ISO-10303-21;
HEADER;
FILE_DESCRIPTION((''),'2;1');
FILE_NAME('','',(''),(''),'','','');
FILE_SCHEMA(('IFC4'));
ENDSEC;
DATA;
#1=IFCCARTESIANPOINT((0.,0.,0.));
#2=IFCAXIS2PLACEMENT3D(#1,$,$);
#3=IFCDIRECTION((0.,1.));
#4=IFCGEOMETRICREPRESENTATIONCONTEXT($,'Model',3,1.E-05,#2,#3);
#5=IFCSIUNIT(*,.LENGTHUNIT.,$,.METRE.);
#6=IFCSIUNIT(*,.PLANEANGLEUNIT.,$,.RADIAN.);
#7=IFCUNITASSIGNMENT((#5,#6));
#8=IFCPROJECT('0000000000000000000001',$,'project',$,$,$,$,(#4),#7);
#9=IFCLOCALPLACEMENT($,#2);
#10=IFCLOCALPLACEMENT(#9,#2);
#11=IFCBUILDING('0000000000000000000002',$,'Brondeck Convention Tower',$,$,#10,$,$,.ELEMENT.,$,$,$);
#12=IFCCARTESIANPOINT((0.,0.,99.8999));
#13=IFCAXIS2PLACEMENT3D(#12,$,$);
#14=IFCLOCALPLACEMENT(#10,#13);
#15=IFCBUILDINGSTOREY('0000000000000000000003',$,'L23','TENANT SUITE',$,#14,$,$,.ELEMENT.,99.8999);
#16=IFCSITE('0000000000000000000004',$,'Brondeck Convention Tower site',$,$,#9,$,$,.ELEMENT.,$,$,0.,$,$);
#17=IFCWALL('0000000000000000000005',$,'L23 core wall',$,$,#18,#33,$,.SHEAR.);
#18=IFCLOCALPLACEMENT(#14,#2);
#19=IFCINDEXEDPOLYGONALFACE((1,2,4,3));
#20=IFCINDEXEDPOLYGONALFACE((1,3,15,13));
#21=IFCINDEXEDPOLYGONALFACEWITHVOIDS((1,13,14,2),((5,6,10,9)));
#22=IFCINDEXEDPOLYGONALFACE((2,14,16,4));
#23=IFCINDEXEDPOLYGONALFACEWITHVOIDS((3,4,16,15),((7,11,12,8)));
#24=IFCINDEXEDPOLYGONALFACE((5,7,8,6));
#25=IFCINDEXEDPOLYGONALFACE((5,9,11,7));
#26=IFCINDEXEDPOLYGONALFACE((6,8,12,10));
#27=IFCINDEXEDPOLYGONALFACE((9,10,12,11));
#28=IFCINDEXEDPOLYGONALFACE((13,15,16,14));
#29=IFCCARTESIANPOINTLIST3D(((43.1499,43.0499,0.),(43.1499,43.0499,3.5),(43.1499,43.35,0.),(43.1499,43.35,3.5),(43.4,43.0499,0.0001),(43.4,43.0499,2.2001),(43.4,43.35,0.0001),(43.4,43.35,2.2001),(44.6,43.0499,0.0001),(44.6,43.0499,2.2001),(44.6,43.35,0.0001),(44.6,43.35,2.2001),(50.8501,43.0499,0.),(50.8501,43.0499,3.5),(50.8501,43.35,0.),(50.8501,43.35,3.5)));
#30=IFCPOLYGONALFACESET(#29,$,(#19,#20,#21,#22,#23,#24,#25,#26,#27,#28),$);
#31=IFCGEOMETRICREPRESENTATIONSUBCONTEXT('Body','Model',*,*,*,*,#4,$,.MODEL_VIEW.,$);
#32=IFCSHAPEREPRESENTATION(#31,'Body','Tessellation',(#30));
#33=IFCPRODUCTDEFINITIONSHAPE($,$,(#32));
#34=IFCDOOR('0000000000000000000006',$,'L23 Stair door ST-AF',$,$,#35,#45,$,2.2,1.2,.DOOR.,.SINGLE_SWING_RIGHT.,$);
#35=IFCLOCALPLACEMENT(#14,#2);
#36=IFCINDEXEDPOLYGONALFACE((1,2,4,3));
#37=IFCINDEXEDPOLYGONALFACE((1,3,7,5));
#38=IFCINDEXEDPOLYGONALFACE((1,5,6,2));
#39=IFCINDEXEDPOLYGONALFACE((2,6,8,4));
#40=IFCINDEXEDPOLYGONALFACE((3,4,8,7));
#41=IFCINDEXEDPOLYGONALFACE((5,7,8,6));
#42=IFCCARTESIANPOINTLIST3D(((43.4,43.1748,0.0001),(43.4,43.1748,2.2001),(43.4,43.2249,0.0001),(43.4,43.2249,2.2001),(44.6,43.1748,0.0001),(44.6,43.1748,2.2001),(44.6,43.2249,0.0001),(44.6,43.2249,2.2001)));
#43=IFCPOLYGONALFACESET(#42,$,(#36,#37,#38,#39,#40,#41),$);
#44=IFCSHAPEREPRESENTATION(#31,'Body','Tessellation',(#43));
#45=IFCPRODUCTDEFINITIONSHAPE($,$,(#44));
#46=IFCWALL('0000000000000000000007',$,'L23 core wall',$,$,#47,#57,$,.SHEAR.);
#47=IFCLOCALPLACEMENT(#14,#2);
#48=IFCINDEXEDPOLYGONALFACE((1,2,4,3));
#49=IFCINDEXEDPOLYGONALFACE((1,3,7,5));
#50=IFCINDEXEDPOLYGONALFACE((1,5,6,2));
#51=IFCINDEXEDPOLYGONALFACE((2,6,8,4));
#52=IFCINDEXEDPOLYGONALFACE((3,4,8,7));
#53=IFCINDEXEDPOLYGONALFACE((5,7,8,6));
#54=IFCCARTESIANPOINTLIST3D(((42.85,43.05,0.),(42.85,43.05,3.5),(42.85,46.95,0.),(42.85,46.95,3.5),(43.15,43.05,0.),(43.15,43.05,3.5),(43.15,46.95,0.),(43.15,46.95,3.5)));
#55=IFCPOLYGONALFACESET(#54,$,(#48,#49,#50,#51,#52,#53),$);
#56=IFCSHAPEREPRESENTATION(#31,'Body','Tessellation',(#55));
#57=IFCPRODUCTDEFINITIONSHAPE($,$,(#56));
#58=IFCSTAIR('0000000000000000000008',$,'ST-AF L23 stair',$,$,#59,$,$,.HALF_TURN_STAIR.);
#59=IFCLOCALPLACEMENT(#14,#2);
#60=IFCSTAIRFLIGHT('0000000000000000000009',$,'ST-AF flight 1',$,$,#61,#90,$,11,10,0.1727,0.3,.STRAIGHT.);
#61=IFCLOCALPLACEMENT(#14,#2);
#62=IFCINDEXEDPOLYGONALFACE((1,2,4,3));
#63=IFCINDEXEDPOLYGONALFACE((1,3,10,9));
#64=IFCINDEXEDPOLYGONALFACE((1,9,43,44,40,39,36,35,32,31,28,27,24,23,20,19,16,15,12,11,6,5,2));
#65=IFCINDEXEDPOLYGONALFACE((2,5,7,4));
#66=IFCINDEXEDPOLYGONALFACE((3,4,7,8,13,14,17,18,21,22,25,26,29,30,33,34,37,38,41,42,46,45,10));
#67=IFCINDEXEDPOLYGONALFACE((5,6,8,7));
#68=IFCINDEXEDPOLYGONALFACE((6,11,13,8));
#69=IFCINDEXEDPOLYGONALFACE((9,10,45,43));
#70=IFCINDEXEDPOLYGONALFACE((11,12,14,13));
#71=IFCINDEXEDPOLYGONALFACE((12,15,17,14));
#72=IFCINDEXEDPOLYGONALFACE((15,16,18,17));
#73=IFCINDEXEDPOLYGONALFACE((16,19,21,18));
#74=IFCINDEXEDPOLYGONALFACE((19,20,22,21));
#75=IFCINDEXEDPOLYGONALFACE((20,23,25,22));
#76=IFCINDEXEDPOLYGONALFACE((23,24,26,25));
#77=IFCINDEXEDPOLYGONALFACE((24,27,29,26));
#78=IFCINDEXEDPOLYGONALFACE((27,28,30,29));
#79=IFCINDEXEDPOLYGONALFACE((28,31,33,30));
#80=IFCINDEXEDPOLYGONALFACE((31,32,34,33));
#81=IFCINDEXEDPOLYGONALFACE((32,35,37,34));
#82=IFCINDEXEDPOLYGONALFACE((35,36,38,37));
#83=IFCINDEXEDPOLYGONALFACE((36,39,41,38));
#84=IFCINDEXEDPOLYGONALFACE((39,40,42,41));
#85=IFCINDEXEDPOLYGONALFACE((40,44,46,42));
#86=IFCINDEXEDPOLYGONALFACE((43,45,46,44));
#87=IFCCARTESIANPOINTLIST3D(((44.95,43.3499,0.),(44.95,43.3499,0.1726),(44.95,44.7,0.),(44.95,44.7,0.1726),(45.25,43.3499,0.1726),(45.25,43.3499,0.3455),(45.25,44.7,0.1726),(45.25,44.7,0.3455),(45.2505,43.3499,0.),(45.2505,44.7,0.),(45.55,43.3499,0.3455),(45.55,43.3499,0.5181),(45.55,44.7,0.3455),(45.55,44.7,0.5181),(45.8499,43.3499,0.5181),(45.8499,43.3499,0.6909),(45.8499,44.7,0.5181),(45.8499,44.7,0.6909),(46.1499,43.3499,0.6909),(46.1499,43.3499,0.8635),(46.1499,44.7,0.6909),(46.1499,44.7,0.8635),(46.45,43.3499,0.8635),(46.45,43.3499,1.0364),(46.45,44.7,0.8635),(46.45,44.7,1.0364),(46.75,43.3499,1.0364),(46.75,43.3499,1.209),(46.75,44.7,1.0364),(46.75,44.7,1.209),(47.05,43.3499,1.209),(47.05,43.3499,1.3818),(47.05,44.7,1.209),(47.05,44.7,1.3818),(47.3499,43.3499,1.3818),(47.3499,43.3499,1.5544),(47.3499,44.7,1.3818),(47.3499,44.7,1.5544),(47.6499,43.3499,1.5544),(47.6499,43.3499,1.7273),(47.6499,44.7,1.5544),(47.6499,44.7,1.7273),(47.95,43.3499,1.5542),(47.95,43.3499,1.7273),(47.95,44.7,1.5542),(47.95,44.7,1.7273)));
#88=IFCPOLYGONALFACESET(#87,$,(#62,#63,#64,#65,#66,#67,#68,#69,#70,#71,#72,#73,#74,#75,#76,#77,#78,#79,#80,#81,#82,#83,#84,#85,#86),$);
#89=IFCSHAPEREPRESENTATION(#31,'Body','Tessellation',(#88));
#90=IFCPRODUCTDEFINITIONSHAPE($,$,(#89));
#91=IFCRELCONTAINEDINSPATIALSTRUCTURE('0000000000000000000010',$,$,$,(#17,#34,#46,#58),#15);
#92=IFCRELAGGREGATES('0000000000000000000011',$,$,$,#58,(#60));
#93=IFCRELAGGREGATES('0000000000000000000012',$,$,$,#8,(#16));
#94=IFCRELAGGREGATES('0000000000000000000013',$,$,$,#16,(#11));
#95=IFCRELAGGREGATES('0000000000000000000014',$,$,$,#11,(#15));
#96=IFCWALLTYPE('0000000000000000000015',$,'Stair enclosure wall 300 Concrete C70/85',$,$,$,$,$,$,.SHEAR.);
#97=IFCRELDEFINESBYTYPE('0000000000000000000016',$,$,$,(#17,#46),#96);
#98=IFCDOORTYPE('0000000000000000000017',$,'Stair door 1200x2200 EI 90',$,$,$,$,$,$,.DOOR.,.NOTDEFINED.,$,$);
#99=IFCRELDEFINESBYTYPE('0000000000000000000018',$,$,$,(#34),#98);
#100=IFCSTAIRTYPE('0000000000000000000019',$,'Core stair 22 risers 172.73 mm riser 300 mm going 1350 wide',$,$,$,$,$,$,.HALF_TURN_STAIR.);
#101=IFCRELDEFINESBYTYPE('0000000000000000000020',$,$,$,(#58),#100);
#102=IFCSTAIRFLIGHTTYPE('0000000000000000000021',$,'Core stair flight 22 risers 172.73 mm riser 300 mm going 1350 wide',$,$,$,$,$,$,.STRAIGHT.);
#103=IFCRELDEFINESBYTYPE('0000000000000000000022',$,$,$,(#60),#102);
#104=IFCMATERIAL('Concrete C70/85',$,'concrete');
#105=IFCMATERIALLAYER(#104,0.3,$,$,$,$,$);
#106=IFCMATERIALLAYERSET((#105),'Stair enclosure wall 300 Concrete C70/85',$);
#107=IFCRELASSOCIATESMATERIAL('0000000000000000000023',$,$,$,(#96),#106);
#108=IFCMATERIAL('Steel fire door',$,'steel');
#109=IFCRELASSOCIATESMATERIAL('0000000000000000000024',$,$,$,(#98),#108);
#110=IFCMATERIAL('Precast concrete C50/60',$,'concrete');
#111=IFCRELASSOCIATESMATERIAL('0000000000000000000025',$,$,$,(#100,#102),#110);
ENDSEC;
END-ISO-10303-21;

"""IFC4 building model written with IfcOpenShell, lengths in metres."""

from ifc_helpers import new_model, si_unit, direction, frame, frame_2d, origin, place, context, subcontext, project, spatial, polyline, rectangle, outline, extrude, material, layer, layer_set, type_object, element, fill, aggregate, save


model = new_model("IFC4")

# Units and contexts
model_context = context("Model", 3, precision=1e-05, world=origin(), true_north=direction((0.0, 1.0)))
body_context = subcontext(model_context, "Body", "Model", "MODEL_VIEW")
ifc_project = project(units=[si_unit("LENGTHUNIT", "METRE"), si_unit("PLANEANGLEUNIT", "RADIAN")], contexts=[model_context])

# Site, building, storey
site_placement = place(None, origin())
site = spatial("IfcSite", under=ifc_project, at=site_placement, Name="Brondeck Convention Tower site", CompositionType="ELEMENT", RefElevation=0.0)
building_placement = place(site_placement, origin())
building = spatial("IfcBuilding", under=site, at=building_placement, Name="Brondeck Convention Tower", CompositionType="ELEMENT")
storey_placement = place(building_placement, frame((0.0, 0.0, 99.8999)))
storey = spatial("IfcBuildingStorey", under=building, at=storey_placement, Name="L23", Description="TENANT SUITE", CompositionType="ELEMENT", Elevation=99.8999)

# Shared definitions
ifc_material_1 = material(Name="Concrete C70/85", Category="concrete")

# Wall, opening, door
ifc_layer_1 = layer(ifc_material_1, 0.3)
ifc_layer_set_1 = layer_set([ifc_layer_1], Name="Stair enclosure wall 300 Concrete C70/85")
wall_type_1 = type_object("IfcWallType", Name="Stair enclosure wall 300 Concrete C70/85", PredefinedType="SHEAR", material=ifc_layer_set_1)
wall_1_placement = place(storey_placement, frame((43.1499, 43.2, 0.0), z_axis=(0.0, 0.0, 1.0), x_axis=(1.0, 0.0, 0.0)))
wall_1 = element("IfcWall", 1, at=wall_1_placement, inside=storey, type_object=wall_type_1, Name="L23 core wall", PredefinedType="SHEAR", context=body_context, shape_type="SweptSolid", body=[
    extrude(rectangle(XDim=7.7002, YDim=0.3, at=frame_2d((3.8501, 0.0))), origin(), (0.0, 0.0, 1.0), 3.5),
])
opening_1_placement = place(wall_1_placement, frame((0.25, 0.0, 0.0)))
opening_1 = element("IfcOpeningElement", 2, at=opening_1_placement, cuts=wall_1, PredefinedType="OPENING", context=body_context, shape_type="SweptSolid", body=[
    extrude(rectangle(XDim=1.2, YDim=2.2, at=frame_2d((0.6001, 1.1001))), frame((0.0, 0.1599, 0.0), z_axis=(0.0, -1.0, 0.0), x_axis=(1.0, 0.0, 0.0)), (0.0, 0.0, 1.0), 0.3201),
])
ifc_material_2 = material(Name="Steel fire door", Category="steel")
door_type = type_object("IfcDoorType", Name="Stair door 1200x2200 EI 90", OperationType="NOTDEFINED", PredefinedType="DOOR", material=ifc_material_2)
door_placement = place(opening_1_placement, origin())
door = element("IfcDoor", 3, at=door_placement, inside=storey, type_object=door_type, Name="L23 Stair door ST-AF", OperationType="SINGLE_SWING_RIGHT", OverallHeight=2.2, OverallWidth=1.2, PredefinedType="DOOR", context=body_context, shape_type="SweptSolid", body=[
    extrude(rectangle(XDim=1.2, YDim=2.2, at=frame_2d((0.6001, 1.1001))), frame((0.0, 0.0249, 0.0), z_axis=(0.0, -1.0, 0.0), x_axis=(1.0, 0.0, 0.0)), (0.0, 0.0, 1.0), 0.05),
])
fill(opening_1, door)

# Wall
wall_2_placement = place(storey_placement, frame((43.0, 43.05, 0.0), z_axis=(0.0, 0.0, 1.0), x_axis=(0.0, 1.0, 0.0)))
element("IfcWall", 4, at=wall_2_placement, inside=storey, type_object=wall_type_1, Name="L23 core wall", PredefinedType="SHEAR", context=body_context, shape_type="SweptSolid", body=[
    extrude(rectangle(XDim=3.8999, YDim=0.3, at=frame_2d((1.95, 0.0))), origin(), (0.0, 0.0, 1.0), 3.5),
])

# Stair, stair flight
ifc_material_3 = material(Name="Precast concrete C50/60", Category="concrete")
stair_type = type_object("IfcStairType", Name="Core stair 22 risers 172.73 mm riser 300 mm going 1350 wide", PredefinedType="HALF_TURN_STAIR", material=ifc_material_3)
stair_placement = place(storey_placement, origin())
stair = element("IfcStair", 5, at=stair_placement, inside=storey, type_object=stair_type, Name="ST-AF L23 stair", PredefinedType="HALF_TURN_STAIR")
stair_flight_type = type_object("IfcStairFlightType", Name="Core stair flight 22 risers 172.73 mm riser 300 mm going 1350 wide", PredefinedType="STRAIGHT", material=ifc_material_3)
stair_flight_placement = place(storey_placement, frame((44.95, 44.0249, 0.0), z_axis=(0.0, 0.0, 1.0), x_axis=(1.0, 0.0, 0.0)))
stair_flight = element("IfcStairFlight", 6, at=stair_flight_placement, type_object=stair_flight_type, Name="ST-AF flight 1", NumberOfRisers=11, NumberOfTreads=10, PredefinedType="STRAIGHT", RiserHeight=0.1727, TreadLength=0.3, context=body_context, shape_type="SweptSolid", body=[
    extrude(outline(polyline([(0.0, 0.0), (0.0, 0.1726), (0.3, 0.1726), (0.3, 0.3455), (0.6001, 0.3455), (0.6001, 0.5181), (0.8999, 0.5181), (0.8999, 0.6909), (1.2, 0.6909), (1.2, 0.8635), (1.5, 0.8635), (1.5, 1.0364), (1.8, 1.0364), (1.8, 1.209), (2.1001, 1.209), (2.1001, 1.3818), (2.3999, 1.3818), (2.3999, 1.5544), (2.7, 1.5544), (2.7, 1.7273), (3.0, 1.7273), (3.0, 1.8999), (3.0, 1.5542), (0.3005, 0.0), (0.0, 0.0)])), frame((0.0, 0.675, 0.0), z_axis=(0.0, -1.0, 0.0), x_axis=(1.0, 0.0, 0.0)), (0.0, 0.0, 1.0), 1.3501),
])
aggregate(stair, [stair_flight])

save(model, "model.ifc")
